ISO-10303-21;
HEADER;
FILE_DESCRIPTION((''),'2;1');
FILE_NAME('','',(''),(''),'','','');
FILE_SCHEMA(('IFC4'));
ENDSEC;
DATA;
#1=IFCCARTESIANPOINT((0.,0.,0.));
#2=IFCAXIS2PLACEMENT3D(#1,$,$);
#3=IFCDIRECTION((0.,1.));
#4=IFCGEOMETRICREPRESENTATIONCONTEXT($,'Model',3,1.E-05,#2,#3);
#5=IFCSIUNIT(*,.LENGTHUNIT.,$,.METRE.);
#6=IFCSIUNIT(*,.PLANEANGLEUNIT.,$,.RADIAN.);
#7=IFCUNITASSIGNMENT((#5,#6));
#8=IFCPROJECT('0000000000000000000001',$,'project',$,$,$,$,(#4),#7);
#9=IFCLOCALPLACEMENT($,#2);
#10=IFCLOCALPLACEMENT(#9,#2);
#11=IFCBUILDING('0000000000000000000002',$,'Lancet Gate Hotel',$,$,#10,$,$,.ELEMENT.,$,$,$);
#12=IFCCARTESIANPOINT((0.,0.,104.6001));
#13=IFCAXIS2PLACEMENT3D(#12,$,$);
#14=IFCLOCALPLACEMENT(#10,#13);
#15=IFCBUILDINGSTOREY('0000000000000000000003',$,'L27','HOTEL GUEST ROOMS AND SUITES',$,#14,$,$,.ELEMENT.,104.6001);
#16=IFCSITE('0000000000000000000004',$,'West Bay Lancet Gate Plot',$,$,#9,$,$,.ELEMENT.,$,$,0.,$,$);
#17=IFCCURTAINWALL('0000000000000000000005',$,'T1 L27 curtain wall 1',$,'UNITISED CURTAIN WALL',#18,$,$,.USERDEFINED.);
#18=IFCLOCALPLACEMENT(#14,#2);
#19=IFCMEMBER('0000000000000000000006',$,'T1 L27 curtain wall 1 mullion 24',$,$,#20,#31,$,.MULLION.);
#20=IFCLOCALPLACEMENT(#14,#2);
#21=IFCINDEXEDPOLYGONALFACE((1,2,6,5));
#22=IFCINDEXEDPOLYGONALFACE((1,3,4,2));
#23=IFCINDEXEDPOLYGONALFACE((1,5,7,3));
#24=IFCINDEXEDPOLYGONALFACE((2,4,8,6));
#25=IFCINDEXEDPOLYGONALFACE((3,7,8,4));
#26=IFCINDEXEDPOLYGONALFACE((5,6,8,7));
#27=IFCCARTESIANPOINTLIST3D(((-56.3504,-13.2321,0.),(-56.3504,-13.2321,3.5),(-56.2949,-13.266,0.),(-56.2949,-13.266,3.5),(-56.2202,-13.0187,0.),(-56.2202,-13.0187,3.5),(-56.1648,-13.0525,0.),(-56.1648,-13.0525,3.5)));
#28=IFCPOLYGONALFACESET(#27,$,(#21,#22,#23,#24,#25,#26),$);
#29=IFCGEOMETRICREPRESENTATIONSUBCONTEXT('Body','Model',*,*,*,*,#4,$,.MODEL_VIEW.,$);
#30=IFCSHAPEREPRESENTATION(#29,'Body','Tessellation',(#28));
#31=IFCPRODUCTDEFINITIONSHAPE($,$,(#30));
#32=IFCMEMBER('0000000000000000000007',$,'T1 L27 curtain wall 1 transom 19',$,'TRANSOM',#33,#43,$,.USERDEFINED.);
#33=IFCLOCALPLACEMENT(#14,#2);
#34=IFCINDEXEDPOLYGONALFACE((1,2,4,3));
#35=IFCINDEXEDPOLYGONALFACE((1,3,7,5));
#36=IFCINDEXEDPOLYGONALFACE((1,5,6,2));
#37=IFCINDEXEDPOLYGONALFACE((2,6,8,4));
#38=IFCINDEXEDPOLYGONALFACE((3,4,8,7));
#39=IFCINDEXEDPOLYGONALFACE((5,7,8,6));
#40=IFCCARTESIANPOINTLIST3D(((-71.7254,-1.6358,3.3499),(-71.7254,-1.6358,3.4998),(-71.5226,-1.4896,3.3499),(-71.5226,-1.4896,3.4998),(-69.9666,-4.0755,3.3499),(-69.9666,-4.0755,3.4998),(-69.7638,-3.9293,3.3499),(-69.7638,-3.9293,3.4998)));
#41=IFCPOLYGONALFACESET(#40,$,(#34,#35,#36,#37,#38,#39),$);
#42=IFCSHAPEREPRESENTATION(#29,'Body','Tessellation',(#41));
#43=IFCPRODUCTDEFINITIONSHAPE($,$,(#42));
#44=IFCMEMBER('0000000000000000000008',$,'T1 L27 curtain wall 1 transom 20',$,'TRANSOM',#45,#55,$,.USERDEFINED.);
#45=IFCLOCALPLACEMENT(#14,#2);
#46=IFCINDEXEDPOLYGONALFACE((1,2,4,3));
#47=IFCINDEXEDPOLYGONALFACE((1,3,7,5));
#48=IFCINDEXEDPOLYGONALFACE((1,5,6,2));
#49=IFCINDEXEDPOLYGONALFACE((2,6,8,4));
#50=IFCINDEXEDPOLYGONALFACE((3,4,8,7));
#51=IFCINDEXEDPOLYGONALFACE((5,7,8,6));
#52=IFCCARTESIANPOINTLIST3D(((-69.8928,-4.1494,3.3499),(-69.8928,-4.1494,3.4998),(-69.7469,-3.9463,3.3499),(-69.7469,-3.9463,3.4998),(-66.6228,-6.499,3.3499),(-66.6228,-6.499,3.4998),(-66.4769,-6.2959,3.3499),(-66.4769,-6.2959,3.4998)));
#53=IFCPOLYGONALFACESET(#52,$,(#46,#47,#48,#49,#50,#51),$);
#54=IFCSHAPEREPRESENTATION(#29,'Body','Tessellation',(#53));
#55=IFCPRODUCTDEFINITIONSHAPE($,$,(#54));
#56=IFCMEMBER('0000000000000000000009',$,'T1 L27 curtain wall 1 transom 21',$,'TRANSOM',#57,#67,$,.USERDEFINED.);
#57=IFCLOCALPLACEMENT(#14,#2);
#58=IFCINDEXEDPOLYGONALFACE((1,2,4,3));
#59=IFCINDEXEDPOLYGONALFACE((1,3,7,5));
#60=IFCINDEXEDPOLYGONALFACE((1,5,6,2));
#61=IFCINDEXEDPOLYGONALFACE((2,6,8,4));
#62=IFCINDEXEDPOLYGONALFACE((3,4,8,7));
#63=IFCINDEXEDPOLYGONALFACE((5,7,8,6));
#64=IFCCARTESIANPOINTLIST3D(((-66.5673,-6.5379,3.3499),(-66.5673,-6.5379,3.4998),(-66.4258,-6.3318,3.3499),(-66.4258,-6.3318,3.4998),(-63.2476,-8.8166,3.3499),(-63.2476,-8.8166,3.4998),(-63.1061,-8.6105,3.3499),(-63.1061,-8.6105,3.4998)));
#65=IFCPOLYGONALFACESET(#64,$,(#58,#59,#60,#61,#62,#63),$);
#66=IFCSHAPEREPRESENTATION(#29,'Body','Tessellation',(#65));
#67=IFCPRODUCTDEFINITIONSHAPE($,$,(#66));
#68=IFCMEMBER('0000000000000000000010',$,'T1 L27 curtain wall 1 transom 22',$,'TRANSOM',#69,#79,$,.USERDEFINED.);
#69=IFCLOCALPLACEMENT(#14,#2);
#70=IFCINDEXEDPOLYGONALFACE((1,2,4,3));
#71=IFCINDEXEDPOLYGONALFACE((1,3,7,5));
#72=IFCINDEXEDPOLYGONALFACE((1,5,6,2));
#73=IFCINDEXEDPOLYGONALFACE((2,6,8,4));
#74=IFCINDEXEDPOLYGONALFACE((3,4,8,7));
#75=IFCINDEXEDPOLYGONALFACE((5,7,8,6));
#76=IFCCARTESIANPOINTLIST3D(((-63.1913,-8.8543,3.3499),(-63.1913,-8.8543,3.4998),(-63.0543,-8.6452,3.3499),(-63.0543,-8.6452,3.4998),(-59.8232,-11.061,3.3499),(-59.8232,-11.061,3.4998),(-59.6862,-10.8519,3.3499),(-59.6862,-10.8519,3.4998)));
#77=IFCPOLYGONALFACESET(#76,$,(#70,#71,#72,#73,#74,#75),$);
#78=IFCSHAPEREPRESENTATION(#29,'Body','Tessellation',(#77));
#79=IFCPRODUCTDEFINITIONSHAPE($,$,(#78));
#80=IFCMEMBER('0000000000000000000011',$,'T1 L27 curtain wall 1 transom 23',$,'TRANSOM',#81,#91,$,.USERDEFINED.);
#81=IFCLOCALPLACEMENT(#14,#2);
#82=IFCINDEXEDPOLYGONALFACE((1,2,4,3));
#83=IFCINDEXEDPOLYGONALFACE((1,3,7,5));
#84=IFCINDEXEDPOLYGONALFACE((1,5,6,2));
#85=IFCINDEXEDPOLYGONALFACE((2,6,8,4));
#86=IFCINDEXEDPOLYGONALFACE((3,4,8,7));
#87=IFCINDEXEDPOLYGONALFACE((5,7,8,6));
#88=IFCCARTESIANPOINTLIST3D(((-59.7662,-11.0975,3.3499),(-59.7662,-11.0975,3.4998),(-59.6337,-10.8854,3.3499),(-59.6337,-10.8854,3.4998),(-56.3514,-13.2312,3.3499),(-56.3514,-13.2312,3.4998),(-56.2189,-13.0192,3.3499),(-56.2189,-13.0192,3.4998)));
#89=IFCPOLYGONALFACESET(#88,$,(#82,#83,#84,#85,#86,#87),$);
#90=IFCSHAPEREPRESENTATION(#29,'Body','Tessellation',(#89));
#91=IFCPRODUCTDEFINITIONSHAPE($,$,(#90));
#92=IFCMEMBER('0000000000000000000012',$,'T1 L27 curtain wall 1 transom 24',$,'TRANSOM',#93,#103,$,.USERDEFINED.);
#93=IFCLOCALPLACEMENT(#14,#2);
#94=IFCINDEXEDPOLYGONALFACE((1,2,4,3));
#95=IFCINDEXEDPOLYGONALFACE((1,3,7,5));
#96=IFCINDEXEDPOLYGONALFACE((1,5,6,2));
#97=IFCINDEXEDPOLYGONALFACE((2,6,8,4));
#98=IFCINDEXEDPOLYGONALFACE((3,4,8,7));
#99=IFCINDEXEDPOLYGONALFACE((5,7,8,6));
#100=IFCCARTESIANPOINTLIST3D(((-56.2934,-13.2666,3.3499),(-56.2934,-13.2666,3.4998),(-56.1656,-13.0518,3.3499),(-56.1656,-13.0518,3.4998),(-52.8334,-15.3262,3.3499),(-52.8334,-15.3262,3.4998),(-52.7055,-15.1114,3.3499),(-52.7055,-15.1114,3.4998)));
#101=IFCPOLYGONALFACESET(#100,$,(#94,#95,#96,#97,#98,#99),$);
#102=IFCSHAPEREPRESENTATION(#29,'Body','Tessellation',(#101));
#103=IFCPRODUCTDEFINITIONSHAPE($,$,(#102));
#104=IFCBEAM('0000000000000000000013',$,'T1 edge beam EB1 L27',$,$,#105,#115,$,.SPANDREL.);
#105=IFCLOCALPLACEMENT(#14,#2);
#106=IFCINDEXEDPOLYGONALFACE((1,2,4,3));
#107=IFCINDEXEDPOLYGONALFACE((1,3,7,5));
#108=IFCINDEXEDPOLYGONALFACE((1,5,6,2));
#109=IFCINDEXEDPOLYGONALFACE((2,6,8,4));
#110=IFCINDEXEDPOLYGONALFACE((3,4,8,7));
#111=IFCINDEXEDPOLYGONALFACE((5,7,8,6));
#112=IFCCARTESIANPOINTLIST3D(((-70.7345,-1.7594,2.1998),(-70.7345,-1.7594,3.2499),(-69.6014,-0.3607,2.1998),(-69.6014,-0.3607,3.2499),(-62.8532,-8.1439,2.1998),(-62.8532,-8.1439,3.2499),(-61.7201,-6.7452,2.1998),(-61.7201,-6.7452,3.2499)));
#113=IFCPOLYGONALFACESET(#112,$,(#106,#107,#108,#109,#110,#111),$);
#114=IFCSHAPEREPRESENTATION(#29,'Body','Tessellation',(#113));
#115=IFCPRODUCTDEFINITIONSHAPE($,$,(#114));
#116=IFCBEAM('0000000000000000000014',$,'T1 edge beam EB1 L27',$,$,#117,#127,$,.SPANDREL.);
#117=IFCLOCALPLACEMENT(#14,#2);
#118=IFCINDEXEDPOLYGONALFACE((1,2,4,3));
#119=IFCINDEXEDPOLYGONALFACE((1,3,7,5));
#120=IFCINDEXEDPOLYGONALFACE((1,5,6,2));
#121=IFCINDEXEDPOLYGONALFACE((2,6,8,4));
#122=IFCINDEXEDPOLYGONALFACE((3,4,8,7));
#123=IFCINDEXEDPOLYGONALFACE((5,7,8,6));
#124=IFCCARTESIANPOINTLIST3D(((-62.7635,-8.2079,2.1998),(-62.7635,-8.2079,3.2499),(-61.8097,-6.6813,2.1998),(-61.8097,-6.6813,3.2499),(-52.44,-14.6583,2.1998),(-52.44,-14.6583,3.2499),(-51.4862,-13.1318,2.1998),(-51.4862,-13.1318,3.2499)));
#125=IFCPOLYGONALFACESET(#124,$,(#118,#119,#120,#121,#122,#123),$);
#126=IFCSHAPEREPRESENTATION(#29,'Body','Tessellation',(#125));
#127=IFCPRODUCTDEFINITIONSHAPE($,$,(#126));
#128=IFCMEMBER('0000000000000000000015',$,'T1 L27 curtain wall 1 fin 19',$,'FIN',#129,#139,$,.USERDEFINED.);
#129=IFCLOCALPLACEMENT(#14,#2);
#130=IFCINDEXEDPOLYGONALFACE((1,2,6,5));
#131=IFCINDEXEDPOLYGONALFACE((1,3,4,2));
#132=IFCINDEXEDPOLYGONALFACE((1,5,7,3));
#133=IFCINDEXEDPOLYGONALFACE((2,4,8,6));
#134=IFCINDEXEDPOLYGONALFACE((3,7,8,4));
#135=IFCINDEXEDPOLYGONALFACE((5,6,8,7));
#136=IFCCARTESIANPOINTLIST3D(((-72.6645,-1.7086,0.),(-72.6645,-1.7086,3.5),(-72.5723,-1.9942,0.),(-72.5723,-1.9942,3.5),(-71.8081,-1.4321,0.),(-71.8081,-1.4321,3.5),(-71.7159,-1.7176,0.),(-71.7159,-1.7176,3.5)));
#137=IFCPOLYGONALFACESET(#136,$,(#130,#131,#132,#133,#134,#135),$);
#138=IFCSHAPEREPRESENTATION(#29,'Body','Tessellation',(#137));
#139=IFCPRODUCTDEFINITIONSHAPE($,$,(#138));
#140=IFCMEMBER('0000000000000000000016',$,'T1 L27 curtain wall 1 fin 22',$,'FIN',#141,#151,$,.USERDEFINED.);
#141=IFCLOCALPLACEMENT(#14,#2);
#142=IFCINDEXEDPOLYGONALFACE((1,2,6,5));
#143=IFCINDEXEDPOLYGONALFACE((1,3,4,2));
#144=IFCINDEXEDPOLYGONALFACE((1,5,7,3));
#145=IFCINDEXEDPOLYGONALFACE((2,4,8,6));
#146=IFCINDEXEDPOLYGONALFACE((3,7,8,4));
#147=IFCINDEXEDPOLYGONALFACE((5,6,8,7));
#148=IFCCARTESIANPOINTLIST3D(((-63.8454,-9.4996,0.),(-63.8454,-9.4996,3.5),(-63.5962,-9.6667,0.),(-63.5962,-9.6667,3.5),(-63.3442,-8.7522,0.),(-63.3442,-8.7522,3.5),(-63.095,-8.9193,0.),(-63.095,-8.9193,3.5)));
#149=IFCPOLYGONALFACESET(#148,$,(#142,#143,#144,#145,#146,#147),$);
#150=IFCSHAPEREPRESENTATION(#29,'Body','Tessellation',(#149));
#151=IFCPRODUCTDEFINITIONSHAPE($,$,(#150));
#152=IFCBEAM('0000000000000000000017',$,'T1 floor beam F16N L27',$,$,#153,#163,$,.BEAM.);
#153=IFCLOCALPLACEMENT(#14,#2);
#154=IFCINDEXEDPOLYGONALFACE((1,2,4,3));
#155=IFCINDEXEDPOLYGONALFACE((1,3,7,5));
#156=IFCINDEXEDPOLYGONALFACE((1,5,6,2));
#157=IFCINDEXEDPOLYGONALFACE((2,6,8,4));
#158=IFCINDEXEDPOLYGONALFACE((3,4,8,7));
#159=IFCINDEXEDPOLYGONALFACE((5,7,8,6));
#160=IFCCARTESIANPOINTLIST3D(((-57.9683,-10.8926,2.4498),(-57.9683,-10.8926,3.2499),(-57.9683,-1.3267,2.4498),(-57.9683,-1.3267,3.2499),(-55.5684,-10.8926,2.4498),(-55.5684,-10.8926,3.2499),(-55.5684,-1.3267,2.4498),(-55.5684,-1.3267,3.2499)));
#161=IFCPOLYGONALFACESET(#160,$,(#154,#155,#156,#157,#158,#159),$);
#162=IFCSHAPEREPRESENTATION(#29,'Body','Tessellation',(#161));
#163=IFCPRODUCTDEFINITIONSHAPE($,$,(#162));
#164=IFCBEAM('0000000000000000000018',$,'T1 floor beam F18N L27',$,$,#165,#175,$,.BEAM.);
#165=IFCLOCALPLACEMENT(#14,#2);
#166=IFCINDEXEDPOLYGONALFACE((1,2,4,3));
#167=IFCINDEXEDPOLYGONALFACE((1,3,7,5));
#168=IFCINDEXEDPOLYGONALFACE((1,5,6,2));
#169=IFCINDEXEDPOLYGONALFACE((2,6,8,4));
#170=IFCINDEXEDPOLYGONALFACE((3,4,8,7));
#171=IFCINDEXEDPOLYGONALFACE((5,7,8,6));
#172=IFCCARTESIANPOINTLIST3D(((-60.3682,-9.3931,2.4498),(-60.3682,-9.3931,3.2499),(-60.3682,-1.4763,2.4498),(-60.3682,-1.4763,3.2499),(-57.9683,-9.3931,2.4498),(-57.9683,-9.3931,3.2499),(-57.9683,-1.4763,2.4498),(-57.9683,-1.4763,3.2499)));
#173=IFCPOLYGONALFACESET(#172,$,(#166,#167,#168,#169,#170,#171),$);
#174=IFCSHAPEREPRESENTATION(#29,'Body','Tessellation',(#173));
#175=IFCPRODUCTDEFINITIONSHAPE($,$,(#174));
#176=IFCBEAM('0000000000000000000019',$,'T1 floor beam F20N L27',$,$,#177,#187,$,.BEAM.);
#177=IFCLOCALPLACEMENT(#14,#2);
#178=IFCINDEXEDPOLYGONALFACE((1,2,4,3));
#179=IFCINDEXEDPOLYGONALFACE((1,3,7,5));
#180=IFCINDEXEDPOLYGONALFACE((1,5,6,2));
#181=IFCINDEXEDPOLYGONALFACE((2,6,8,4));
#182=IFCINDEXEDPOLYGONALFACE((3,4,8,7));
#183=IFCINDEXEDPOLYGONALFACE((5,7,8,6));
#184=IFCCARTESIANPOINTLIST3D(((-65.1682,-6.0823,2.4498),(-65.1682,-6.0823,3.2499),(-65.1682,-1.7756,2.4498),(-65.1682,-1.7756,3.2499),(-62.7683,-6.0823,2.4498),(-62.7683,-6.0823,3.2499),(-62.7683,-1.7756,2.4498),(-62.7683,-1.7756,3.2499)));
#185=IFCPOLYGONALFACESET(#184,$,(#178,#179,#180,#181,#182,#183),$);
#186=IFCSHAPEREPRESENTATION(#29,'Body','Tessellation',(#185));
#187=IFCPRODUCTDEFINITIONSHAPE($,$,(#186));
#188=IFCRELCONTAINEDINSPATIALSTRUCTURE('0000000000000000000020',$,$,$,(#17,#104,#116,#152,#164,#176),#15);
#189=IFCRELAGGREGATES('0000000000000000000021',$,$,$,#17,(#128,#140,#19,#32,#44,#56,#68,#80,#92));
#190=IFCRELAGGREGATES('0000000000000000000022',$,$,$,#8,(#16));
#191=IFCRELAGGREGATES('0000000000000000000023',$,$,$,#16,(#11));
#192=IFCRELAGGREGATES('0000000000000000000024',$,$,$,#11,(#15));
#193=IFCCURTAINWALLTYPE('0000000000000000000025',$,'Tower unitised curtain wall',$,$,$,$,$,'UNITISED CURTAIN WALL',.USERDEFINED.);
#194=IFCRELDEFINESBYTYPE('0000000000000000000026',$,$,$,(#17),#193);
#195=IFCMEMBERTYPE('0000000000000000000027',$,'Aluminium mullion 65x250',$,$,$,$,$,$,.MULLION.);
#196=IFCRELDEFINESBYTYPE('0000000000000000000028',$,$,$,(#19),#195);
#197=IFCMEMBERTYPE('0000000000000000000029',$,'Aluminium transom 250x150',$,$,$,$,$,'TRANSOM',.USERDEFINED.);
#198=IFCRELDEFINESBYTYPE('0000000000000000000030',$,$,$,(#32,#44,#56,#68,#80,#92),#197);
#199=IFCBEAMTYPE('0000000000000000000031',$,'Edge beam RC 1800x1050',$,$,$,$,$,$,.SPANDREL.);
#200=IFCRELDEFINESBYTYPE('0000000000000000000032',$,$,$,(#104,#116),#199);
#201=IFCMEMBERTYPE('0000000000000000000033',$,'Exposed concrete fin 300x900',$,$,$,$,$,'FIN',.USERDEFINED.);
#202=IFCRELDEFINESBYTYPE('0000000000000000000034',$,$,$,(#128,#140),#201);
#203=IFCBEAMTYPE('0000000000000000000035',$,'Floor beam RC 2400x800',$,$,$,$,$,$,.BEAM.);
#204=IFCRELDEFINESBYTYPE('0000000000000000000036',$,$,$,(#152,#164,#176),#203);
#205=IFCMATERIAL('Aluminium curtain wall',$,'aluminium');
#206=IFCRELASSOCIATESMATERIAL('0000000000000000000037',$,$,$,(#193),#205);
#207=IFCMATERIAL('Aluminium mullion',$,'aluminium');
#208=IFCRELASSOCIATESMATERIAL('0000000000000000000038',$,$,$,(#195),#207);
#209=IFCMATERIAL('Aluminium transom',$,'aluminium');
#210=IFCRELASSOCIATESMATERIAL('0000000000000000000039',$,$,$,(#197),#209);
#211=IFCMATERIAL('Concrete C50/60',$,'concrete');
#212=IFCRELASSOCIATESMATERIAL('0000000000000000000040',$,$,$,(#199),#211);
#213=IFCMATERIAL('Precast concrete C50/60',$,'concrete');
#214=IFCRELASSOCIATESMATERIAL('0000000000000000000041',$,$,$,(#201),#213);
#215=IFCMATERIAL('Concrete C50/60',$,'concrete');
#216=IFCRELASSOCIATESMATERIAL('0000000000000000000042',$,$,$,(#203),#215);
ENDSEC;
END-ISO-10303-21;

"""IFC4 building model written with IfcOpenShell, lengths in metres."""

from ifc_helpers import new_model, si_unit, direction, frame, origin, origin_2d, place, context, subcontext, project, spatial, rectangle, extrude, material, material_profile, profile_set, type_object, element, aggregate, save


model = new_model("IFC4")

# Units and contexts
model_context = context("Model", 3, precision=1e-05, world=origin(), true_north=direction((0.0, 1.0)))
body_context = subcontext(model_context, "Body", "Model", "MODEL_VIEW")
ifc_project = project(units=[si_unit("LENGTHUNIT", "METRE"), si_unit("PLANEANGLEUNIT", "RADIAN")], contexts=[model_context])

# Site, building, storey
site_placement = place(None, origin())
site = spatial("IfcSite", under=ifc_project, at=site_placement, Name="West Bay Lancet Gate Plot", CompositionType="ELEMENT", RefElevation=0.0)
building_placement = place(site_placement, origin())
building = spatial("IfcBuilding", under=site, at=building_placement, Name="Lancet Gate Hotel", CompositionType="ELEMENT")
storey_placement = place(building_placement, frame((0.0, 0.0, 104.6001)))
storey = spatial("IfcBuildingStorey", under=building, at=storey_placement, Name="L27", Description="HOTEL GUEST ROOMS AND SUITES", CompositionType="ELEMENT", Elevation=104.6001)

# Curtain wall, members
ifc_material_1 = material(Name="Aluminium curtain wall", Category="aluminium")
curtain_wall_type = type_object("IfcCurtainWallType", Name="Tower unitised curtain wall", ElementType="UNITISED CURTAIN WALL", PredefinedType="USERDEFINED", material=ifc_material_1)
curtain_wall_placement = place(storey_placement, origin())
curtain_wall = element("IfcCurtainWall", 1, at=curtain_wall_placement, inside=storey, type_object=curtain_wall_type, Name="T1 L27 curtain wall 1", ObjectType="UNITISED CURTAIN WALL", PredefinedType="USERDEFINED")
ifc_material_2 = material(Name="Aluminium mullion", Category="aluminium")
ifc_material_profile_1 = material_profile(ifc_material_2, rectangle(XDim=0.0649, YDim=0.25, at=origin_2d()), Name="MULLION 65x250")
ifc_profile_set_1 = profile_set([ifc_material_profile_1], Name="Aluminium mullion")
member_type_1 = type_object("IfcMemberType", Name="Aluminium mullion 65x250", PredefinedType="MULLION", material=ifc_profile_set_1)
member_1_placement = place(storey_placement, frame((-56.2576, -13.1423, 0.0), z_axis=(0.0, 0.0, 1.0), x_axis=(0.853716, -0.520739, 0.0)))
member_1 = element("IfcMember", 2, at=member_1_placement, type_object=member_type_1, Name="T1 L27 curtain wall 1 mullion 24", PredefinedType="MULLION", context=body_context, shape_type="SweptSolid", body=[
    extrude(rectangle(XDim=0.0649, YDim=0.25, at=origin_2d()), origin(), (0.0, 0.0, 1.0), 3.5),
])
ifc_material_3 = material(Name="Aluminium transom", Category="aluminium")
ifc_material_profile_2 = material_profile(ifc_material_3, rectangle(XDim=0.25, YDim=0.1499, at=origin_2d()), Name="TRANSOM 250x150")
ifc_profile_set_2 = profile_set([ifc_material_profile_2], Name="Aluminium transom")
member_type_2 = type_object("IfcMemberType", Name="Aluminium transom 250x150", ElementType="TRANSOM", PredefinedType="USERDEFINED", material=ifc_profile_set_2)
member_2_placement = place(storey_placement, frame((-71.624, -1.5627, 3.4248), z_axis=(0.584788, -0.811186, 0.0), x_axis=(0.811186, 0.584788, 0.0)))
member_2 = element("IfcMember", 3, at=member_2_placement, type_object=member_type_2, Name="T1 L27 curtain wall 1 transom 19", ObjectType="TRANSOM", PredefinedType="USERDEFINED", context=body_context, shape_type="SweptSolid", body=[
    extrude(rectangle(XDim=0.25, YDim=0.1499, at=origin_2d()), origin(), (0.0, 0.0, 1.0), 3.0076),
])
member_3_placement = place(storey_placement, frame((-69.8198, -4.0479, 3.4248), z_axis=(0.8121, -0.583519, 0.0), x_axis=(0.583519, 0.8121, 0.0)))
member_3 = element("IfcMember", 4, at=member_3_placement, type_object=member_type_2, Name="T1 L27 curtain wall 1 transom 20", ObjectType="TRANSOM", PredefinedType="USERDEFINED", context=body_context, shape_type="SweptSolid", body=[
    extrude(rectangle(XDim=0.25, YDim=0.1499, at=origin_2d()), origin(), (0.0, 0.0, 1.0), 4.0266),
])
member_4_placement = place(storey_placement, frame((-66.4966, -6.4348, 3.4248), z_axis=(0.824456, -0.565927, 0.0), x_axis=(0.565927, 0.824456, 0.0)))
member_4 = element("IfcMember", 5, at=member_4_placement, type_object=member_type_2, Name="T1 L27 curtain wall 1 transom 21", ObjectType="TRANSOM", PredefinedType="USERDEFINED", context=body_context, shape_type="SweptSolid", body=[
    extrude(rectangle(XDim=0.25, YDim=0.1499, at=origin_2d()), origin(), (0.0, 0.0, 1.0), 4.0266),
])
member_5_placement = place(storey_placement, frame((-63.1228, -8.7498, 3.4248), z_axis=(0.836454, -0.548036, 0.0), x_axis=(0.548036, 0.836454, 0.0)))
member_5 = element("IfcMember", 6, at=member_5_placement, type_object=member_type_2, Name="T1 L27 curtain wall 1 transom 22", ObjectType="TRANSOM", PredefinedType="USERDEFINED", context=body_context, shape_type="SweptSolid", body=[
    extrude(rectangle(XDim=0.25, YDim=0.1499, at=origin_2d()), origin(), (0.0, 0.0, 1.0), 4.0266),
])
member_6_placement = place(storey_placement, frame((-59.7, -10.9915, 3.4248), z_axis=(0.848049, -0.529917, 0.0), x_axis=(0.529917, 0.848049, 0.0)))
member_6 = element("IfcMember", 7, at=member_6_placement, type_object=member_type_2, Name="T1 L27 curtain wall 1 transom 23", ObjectType="TRANSOM", PredefinedType="USERDEFINED", context=body_context, shape_type="SweptSolid", body=[
    extrude(rectangle(XDim=0.25, YDim=0.1499, at=origin_2d()), origin(), (0.0, 0.0, 1.0), 4.0266),
])
member_7_placement = place(storey_placement, frame((-56.2295, -13.1592, 3.4248), z_axis=(0.859285, -0.511497, 0.0), x_axis=(0.511497, 0.859285, 0.0)))
member_7 = element("IfcMember", 8, at=member_7_placement, type_object=member_type_2, Name="T1 L27 curtain wall 1 transom 24", ObjectType="TRANSOM", PredefinedType="USERDEFINED", context=body_context, shape_type="SweptSolid", body=[
    extrude(rectangle(XDim=0.25, YDim=0.1499, at=origin_2d()), origin(), (0.0, 0.0, 1.0), 4.0266),
])

# Beams
ifc_material_4 = material(Name="Concrete C50/60", Category="concrete")
ifc_material_profile_3 = material_profile(ifc_material_4, rectangle(XDim=1.8, YDim=1.05, at=origin_2d()), Name="RC 1800x1050")
ifc_profile_set_3 = profile_set([ifc_material_profile_3], Name="Concrete C50/60")
beam_type_1 = type_object("IfcBeamType", Name="Edge beam RC 1800x1050", PredefinedType="SPANDREL", material=ifc_profile_set_3)
beam_1_placement = place(storey_placement, frame((-70.168, -1.0601, 2.7249), z_axis=(0.777034, -0.629459, 0.0), x_axis=(0.629459, 0.777034, 0.0)))
element("IfcBeam", 9, at=beam_1_placement, inside=storey, type_object=beam_type_1, Name="T1 edge beam EB1 L27", PredefinedType="SPANDREL", context=body_context, shape_type="SweptSolid", body=[
    extrude(rectangle(XDim=1.8, YDim=1.05, at=origin_2d()), origin(), (0.0, 0.0, 1.0), 10.1428),
])
beam_2_placement = place(storey_placement, frame((-62.2866, -7.4446, 2.7249), z_axis=(0.848063, -0.529896, 0.0), x_axis=(0.529896, 0.848063, 0.0)))
element("IfcBeam", 10, at=beam_2_placement, inside=storey, type_object=beam_type_1, Name="T1 edge beam EB1 L27", PredefinedType="SPANDREL", context=body_context, shape_type="SweptSolid", body=[
    extrude(rectangle(XDim=1.8, YDim=1.05, at=origin_2d()), origin(), (0.0, 0.0, 1.0), 12.1731),
])

# Members
ifc_material_5 = material(Name="Precast concrete C50/60", Category="concrete")
ifc_material_profile_4 = material_profile(ifc_material_5, rectangle(XDim=0.3, YDim=0.8999, at=origin_2d()), Name="FIN 300x900")
ifc_profile_set_4 = profile_set([ifc_material_profile_4], Name="Precast concrete C50/60")
member_type_3 = type_object("IfcMemberType", Name="Exposed concrete fin 300x900", ElementType="FIN", PredefinedType="USERDEFINED", material=ifc_profile_set_4)
member_8_placement = place(storey_placement, frame((-72.1902, -1.7131, 0.0), z_axis=(0.0, 0.0, 1.0), x_axis=(0.307269, -0.951623, 0.0)))
member_8 = element("IfcMember", 11, at=member_8_placement, type_object=member_type_3, Name="T1 L27 curtain wall 1 fin 19", ObjectType="FIN", PredefinedType="USERDEFINED", context=body_context, shape_type="SweptSolid", body=[
    extrude(rectangle(XDim=0.3, YDim=0.8999, at=origin_2d()), origin(), (0.0, 0.0, 1.0), 3.5),
])
member_9_placement = place(storey_placement, frame((-63.4702, -9.2095, 0.0), z_axis=(0.0, 0.0, 1.0), x_axis=(0.83051, -0.557004, 0.0)))
member_9 = element("IfcMember", 12, at=member_9_placement, type_object=member_type_3, Name="T1 L27 curtain wall 1 fin 22", ObjectType="FIN", PredefinedType="USERDEFINED", context=body_context, shape_type="SweptSolid", body=[
    extrude(rectangle(XDim=0.3, YDim=0.8999, at=origin_2d()), origin(), (0.0, 0.0, 1.0), 3.5),
])

# Beams
ifc_material_6 = material(Name="Concrete C50/60", Category="concrete")
ifc_material_profile_5 = material_profile(ifc_material_6, rectangle(XDim=2.3999, YDim=0.8, at=origin_2d()), Name="RC 2400x800")
ifc_profile_set_5 = profile_set([ifc_material_profile_5], Name="Concrete C50/60")
beam_type_2 = type_object("IfcBeamType", Name="Floor beam RC 2400x800", PredefinedType="BEAM", material=ifc_profile_set_5)
beam_3_placement = place(storey_placement, frame((-56.7683, -1.3267, 2.8499), z_axis=(0.0, -1.0, 0.0), x_axis=(1.0, 0.0, 0.0)))
element("IfcBeam", 13, at=beam_3_placement, inside=storey, type_object=beam_type_2, Name="T1 floor beam F16N L27", PredefinedType="BEAM", context=body_context, shape_type="SweptSolid", body=[
    extrude(rectangle(XDim=2.3999, YDim=0.8, at=origin_2d()), origin(), (0.0, 0.0, 1.0), 9.5659),
])
beam_4_placement = place(storey_placement, frame((-59.1682, -1.4763, 2.8499), z_axis=(0.0, -1.0, 0.0), x_axis=(1.0, 0.0, 0.0)))
element("IfcBeam", 14, at=beam_4_placement, inside=storey, type_object=beam_type_2, Name="T1 floor beam F18N L27", PredefinedType="BEAM", context=body_context, shape_type="SweptSolid", body=[
    extrude(rectangle(XDim=2.3999, YDim=0.8, at=origin_2d()), origin(), (0.0, 0.0, 1.0), 7.9167),
])
beam_5_placement = place(storey_placement, frame((-63.9683, -1.7756, 2.8499), z_axis=(0.0, -1.0, 0.0), x_axis=(1.0, 0.0, 0.0)))
element("IfcBeam", 15, at=beam_5_placement, inside=storey, type_object=beam_type_2, Name="T1 floor beam F20N L27", PredefinedType="BEAM", context=body_context, shape_type="SweptSolid", body=[
    extrude(rectangle(XDim=2.3999, YDim=0.8, at=origin_2d()), origin(), (0.0, 0.0, 1.0), 4.3066),
])

aggregate(curtain_wall, [member_8, member_9, member_1, member_2, member_3, member_4, member_5, member_6, member_7])

save(model, "model.ifc")
